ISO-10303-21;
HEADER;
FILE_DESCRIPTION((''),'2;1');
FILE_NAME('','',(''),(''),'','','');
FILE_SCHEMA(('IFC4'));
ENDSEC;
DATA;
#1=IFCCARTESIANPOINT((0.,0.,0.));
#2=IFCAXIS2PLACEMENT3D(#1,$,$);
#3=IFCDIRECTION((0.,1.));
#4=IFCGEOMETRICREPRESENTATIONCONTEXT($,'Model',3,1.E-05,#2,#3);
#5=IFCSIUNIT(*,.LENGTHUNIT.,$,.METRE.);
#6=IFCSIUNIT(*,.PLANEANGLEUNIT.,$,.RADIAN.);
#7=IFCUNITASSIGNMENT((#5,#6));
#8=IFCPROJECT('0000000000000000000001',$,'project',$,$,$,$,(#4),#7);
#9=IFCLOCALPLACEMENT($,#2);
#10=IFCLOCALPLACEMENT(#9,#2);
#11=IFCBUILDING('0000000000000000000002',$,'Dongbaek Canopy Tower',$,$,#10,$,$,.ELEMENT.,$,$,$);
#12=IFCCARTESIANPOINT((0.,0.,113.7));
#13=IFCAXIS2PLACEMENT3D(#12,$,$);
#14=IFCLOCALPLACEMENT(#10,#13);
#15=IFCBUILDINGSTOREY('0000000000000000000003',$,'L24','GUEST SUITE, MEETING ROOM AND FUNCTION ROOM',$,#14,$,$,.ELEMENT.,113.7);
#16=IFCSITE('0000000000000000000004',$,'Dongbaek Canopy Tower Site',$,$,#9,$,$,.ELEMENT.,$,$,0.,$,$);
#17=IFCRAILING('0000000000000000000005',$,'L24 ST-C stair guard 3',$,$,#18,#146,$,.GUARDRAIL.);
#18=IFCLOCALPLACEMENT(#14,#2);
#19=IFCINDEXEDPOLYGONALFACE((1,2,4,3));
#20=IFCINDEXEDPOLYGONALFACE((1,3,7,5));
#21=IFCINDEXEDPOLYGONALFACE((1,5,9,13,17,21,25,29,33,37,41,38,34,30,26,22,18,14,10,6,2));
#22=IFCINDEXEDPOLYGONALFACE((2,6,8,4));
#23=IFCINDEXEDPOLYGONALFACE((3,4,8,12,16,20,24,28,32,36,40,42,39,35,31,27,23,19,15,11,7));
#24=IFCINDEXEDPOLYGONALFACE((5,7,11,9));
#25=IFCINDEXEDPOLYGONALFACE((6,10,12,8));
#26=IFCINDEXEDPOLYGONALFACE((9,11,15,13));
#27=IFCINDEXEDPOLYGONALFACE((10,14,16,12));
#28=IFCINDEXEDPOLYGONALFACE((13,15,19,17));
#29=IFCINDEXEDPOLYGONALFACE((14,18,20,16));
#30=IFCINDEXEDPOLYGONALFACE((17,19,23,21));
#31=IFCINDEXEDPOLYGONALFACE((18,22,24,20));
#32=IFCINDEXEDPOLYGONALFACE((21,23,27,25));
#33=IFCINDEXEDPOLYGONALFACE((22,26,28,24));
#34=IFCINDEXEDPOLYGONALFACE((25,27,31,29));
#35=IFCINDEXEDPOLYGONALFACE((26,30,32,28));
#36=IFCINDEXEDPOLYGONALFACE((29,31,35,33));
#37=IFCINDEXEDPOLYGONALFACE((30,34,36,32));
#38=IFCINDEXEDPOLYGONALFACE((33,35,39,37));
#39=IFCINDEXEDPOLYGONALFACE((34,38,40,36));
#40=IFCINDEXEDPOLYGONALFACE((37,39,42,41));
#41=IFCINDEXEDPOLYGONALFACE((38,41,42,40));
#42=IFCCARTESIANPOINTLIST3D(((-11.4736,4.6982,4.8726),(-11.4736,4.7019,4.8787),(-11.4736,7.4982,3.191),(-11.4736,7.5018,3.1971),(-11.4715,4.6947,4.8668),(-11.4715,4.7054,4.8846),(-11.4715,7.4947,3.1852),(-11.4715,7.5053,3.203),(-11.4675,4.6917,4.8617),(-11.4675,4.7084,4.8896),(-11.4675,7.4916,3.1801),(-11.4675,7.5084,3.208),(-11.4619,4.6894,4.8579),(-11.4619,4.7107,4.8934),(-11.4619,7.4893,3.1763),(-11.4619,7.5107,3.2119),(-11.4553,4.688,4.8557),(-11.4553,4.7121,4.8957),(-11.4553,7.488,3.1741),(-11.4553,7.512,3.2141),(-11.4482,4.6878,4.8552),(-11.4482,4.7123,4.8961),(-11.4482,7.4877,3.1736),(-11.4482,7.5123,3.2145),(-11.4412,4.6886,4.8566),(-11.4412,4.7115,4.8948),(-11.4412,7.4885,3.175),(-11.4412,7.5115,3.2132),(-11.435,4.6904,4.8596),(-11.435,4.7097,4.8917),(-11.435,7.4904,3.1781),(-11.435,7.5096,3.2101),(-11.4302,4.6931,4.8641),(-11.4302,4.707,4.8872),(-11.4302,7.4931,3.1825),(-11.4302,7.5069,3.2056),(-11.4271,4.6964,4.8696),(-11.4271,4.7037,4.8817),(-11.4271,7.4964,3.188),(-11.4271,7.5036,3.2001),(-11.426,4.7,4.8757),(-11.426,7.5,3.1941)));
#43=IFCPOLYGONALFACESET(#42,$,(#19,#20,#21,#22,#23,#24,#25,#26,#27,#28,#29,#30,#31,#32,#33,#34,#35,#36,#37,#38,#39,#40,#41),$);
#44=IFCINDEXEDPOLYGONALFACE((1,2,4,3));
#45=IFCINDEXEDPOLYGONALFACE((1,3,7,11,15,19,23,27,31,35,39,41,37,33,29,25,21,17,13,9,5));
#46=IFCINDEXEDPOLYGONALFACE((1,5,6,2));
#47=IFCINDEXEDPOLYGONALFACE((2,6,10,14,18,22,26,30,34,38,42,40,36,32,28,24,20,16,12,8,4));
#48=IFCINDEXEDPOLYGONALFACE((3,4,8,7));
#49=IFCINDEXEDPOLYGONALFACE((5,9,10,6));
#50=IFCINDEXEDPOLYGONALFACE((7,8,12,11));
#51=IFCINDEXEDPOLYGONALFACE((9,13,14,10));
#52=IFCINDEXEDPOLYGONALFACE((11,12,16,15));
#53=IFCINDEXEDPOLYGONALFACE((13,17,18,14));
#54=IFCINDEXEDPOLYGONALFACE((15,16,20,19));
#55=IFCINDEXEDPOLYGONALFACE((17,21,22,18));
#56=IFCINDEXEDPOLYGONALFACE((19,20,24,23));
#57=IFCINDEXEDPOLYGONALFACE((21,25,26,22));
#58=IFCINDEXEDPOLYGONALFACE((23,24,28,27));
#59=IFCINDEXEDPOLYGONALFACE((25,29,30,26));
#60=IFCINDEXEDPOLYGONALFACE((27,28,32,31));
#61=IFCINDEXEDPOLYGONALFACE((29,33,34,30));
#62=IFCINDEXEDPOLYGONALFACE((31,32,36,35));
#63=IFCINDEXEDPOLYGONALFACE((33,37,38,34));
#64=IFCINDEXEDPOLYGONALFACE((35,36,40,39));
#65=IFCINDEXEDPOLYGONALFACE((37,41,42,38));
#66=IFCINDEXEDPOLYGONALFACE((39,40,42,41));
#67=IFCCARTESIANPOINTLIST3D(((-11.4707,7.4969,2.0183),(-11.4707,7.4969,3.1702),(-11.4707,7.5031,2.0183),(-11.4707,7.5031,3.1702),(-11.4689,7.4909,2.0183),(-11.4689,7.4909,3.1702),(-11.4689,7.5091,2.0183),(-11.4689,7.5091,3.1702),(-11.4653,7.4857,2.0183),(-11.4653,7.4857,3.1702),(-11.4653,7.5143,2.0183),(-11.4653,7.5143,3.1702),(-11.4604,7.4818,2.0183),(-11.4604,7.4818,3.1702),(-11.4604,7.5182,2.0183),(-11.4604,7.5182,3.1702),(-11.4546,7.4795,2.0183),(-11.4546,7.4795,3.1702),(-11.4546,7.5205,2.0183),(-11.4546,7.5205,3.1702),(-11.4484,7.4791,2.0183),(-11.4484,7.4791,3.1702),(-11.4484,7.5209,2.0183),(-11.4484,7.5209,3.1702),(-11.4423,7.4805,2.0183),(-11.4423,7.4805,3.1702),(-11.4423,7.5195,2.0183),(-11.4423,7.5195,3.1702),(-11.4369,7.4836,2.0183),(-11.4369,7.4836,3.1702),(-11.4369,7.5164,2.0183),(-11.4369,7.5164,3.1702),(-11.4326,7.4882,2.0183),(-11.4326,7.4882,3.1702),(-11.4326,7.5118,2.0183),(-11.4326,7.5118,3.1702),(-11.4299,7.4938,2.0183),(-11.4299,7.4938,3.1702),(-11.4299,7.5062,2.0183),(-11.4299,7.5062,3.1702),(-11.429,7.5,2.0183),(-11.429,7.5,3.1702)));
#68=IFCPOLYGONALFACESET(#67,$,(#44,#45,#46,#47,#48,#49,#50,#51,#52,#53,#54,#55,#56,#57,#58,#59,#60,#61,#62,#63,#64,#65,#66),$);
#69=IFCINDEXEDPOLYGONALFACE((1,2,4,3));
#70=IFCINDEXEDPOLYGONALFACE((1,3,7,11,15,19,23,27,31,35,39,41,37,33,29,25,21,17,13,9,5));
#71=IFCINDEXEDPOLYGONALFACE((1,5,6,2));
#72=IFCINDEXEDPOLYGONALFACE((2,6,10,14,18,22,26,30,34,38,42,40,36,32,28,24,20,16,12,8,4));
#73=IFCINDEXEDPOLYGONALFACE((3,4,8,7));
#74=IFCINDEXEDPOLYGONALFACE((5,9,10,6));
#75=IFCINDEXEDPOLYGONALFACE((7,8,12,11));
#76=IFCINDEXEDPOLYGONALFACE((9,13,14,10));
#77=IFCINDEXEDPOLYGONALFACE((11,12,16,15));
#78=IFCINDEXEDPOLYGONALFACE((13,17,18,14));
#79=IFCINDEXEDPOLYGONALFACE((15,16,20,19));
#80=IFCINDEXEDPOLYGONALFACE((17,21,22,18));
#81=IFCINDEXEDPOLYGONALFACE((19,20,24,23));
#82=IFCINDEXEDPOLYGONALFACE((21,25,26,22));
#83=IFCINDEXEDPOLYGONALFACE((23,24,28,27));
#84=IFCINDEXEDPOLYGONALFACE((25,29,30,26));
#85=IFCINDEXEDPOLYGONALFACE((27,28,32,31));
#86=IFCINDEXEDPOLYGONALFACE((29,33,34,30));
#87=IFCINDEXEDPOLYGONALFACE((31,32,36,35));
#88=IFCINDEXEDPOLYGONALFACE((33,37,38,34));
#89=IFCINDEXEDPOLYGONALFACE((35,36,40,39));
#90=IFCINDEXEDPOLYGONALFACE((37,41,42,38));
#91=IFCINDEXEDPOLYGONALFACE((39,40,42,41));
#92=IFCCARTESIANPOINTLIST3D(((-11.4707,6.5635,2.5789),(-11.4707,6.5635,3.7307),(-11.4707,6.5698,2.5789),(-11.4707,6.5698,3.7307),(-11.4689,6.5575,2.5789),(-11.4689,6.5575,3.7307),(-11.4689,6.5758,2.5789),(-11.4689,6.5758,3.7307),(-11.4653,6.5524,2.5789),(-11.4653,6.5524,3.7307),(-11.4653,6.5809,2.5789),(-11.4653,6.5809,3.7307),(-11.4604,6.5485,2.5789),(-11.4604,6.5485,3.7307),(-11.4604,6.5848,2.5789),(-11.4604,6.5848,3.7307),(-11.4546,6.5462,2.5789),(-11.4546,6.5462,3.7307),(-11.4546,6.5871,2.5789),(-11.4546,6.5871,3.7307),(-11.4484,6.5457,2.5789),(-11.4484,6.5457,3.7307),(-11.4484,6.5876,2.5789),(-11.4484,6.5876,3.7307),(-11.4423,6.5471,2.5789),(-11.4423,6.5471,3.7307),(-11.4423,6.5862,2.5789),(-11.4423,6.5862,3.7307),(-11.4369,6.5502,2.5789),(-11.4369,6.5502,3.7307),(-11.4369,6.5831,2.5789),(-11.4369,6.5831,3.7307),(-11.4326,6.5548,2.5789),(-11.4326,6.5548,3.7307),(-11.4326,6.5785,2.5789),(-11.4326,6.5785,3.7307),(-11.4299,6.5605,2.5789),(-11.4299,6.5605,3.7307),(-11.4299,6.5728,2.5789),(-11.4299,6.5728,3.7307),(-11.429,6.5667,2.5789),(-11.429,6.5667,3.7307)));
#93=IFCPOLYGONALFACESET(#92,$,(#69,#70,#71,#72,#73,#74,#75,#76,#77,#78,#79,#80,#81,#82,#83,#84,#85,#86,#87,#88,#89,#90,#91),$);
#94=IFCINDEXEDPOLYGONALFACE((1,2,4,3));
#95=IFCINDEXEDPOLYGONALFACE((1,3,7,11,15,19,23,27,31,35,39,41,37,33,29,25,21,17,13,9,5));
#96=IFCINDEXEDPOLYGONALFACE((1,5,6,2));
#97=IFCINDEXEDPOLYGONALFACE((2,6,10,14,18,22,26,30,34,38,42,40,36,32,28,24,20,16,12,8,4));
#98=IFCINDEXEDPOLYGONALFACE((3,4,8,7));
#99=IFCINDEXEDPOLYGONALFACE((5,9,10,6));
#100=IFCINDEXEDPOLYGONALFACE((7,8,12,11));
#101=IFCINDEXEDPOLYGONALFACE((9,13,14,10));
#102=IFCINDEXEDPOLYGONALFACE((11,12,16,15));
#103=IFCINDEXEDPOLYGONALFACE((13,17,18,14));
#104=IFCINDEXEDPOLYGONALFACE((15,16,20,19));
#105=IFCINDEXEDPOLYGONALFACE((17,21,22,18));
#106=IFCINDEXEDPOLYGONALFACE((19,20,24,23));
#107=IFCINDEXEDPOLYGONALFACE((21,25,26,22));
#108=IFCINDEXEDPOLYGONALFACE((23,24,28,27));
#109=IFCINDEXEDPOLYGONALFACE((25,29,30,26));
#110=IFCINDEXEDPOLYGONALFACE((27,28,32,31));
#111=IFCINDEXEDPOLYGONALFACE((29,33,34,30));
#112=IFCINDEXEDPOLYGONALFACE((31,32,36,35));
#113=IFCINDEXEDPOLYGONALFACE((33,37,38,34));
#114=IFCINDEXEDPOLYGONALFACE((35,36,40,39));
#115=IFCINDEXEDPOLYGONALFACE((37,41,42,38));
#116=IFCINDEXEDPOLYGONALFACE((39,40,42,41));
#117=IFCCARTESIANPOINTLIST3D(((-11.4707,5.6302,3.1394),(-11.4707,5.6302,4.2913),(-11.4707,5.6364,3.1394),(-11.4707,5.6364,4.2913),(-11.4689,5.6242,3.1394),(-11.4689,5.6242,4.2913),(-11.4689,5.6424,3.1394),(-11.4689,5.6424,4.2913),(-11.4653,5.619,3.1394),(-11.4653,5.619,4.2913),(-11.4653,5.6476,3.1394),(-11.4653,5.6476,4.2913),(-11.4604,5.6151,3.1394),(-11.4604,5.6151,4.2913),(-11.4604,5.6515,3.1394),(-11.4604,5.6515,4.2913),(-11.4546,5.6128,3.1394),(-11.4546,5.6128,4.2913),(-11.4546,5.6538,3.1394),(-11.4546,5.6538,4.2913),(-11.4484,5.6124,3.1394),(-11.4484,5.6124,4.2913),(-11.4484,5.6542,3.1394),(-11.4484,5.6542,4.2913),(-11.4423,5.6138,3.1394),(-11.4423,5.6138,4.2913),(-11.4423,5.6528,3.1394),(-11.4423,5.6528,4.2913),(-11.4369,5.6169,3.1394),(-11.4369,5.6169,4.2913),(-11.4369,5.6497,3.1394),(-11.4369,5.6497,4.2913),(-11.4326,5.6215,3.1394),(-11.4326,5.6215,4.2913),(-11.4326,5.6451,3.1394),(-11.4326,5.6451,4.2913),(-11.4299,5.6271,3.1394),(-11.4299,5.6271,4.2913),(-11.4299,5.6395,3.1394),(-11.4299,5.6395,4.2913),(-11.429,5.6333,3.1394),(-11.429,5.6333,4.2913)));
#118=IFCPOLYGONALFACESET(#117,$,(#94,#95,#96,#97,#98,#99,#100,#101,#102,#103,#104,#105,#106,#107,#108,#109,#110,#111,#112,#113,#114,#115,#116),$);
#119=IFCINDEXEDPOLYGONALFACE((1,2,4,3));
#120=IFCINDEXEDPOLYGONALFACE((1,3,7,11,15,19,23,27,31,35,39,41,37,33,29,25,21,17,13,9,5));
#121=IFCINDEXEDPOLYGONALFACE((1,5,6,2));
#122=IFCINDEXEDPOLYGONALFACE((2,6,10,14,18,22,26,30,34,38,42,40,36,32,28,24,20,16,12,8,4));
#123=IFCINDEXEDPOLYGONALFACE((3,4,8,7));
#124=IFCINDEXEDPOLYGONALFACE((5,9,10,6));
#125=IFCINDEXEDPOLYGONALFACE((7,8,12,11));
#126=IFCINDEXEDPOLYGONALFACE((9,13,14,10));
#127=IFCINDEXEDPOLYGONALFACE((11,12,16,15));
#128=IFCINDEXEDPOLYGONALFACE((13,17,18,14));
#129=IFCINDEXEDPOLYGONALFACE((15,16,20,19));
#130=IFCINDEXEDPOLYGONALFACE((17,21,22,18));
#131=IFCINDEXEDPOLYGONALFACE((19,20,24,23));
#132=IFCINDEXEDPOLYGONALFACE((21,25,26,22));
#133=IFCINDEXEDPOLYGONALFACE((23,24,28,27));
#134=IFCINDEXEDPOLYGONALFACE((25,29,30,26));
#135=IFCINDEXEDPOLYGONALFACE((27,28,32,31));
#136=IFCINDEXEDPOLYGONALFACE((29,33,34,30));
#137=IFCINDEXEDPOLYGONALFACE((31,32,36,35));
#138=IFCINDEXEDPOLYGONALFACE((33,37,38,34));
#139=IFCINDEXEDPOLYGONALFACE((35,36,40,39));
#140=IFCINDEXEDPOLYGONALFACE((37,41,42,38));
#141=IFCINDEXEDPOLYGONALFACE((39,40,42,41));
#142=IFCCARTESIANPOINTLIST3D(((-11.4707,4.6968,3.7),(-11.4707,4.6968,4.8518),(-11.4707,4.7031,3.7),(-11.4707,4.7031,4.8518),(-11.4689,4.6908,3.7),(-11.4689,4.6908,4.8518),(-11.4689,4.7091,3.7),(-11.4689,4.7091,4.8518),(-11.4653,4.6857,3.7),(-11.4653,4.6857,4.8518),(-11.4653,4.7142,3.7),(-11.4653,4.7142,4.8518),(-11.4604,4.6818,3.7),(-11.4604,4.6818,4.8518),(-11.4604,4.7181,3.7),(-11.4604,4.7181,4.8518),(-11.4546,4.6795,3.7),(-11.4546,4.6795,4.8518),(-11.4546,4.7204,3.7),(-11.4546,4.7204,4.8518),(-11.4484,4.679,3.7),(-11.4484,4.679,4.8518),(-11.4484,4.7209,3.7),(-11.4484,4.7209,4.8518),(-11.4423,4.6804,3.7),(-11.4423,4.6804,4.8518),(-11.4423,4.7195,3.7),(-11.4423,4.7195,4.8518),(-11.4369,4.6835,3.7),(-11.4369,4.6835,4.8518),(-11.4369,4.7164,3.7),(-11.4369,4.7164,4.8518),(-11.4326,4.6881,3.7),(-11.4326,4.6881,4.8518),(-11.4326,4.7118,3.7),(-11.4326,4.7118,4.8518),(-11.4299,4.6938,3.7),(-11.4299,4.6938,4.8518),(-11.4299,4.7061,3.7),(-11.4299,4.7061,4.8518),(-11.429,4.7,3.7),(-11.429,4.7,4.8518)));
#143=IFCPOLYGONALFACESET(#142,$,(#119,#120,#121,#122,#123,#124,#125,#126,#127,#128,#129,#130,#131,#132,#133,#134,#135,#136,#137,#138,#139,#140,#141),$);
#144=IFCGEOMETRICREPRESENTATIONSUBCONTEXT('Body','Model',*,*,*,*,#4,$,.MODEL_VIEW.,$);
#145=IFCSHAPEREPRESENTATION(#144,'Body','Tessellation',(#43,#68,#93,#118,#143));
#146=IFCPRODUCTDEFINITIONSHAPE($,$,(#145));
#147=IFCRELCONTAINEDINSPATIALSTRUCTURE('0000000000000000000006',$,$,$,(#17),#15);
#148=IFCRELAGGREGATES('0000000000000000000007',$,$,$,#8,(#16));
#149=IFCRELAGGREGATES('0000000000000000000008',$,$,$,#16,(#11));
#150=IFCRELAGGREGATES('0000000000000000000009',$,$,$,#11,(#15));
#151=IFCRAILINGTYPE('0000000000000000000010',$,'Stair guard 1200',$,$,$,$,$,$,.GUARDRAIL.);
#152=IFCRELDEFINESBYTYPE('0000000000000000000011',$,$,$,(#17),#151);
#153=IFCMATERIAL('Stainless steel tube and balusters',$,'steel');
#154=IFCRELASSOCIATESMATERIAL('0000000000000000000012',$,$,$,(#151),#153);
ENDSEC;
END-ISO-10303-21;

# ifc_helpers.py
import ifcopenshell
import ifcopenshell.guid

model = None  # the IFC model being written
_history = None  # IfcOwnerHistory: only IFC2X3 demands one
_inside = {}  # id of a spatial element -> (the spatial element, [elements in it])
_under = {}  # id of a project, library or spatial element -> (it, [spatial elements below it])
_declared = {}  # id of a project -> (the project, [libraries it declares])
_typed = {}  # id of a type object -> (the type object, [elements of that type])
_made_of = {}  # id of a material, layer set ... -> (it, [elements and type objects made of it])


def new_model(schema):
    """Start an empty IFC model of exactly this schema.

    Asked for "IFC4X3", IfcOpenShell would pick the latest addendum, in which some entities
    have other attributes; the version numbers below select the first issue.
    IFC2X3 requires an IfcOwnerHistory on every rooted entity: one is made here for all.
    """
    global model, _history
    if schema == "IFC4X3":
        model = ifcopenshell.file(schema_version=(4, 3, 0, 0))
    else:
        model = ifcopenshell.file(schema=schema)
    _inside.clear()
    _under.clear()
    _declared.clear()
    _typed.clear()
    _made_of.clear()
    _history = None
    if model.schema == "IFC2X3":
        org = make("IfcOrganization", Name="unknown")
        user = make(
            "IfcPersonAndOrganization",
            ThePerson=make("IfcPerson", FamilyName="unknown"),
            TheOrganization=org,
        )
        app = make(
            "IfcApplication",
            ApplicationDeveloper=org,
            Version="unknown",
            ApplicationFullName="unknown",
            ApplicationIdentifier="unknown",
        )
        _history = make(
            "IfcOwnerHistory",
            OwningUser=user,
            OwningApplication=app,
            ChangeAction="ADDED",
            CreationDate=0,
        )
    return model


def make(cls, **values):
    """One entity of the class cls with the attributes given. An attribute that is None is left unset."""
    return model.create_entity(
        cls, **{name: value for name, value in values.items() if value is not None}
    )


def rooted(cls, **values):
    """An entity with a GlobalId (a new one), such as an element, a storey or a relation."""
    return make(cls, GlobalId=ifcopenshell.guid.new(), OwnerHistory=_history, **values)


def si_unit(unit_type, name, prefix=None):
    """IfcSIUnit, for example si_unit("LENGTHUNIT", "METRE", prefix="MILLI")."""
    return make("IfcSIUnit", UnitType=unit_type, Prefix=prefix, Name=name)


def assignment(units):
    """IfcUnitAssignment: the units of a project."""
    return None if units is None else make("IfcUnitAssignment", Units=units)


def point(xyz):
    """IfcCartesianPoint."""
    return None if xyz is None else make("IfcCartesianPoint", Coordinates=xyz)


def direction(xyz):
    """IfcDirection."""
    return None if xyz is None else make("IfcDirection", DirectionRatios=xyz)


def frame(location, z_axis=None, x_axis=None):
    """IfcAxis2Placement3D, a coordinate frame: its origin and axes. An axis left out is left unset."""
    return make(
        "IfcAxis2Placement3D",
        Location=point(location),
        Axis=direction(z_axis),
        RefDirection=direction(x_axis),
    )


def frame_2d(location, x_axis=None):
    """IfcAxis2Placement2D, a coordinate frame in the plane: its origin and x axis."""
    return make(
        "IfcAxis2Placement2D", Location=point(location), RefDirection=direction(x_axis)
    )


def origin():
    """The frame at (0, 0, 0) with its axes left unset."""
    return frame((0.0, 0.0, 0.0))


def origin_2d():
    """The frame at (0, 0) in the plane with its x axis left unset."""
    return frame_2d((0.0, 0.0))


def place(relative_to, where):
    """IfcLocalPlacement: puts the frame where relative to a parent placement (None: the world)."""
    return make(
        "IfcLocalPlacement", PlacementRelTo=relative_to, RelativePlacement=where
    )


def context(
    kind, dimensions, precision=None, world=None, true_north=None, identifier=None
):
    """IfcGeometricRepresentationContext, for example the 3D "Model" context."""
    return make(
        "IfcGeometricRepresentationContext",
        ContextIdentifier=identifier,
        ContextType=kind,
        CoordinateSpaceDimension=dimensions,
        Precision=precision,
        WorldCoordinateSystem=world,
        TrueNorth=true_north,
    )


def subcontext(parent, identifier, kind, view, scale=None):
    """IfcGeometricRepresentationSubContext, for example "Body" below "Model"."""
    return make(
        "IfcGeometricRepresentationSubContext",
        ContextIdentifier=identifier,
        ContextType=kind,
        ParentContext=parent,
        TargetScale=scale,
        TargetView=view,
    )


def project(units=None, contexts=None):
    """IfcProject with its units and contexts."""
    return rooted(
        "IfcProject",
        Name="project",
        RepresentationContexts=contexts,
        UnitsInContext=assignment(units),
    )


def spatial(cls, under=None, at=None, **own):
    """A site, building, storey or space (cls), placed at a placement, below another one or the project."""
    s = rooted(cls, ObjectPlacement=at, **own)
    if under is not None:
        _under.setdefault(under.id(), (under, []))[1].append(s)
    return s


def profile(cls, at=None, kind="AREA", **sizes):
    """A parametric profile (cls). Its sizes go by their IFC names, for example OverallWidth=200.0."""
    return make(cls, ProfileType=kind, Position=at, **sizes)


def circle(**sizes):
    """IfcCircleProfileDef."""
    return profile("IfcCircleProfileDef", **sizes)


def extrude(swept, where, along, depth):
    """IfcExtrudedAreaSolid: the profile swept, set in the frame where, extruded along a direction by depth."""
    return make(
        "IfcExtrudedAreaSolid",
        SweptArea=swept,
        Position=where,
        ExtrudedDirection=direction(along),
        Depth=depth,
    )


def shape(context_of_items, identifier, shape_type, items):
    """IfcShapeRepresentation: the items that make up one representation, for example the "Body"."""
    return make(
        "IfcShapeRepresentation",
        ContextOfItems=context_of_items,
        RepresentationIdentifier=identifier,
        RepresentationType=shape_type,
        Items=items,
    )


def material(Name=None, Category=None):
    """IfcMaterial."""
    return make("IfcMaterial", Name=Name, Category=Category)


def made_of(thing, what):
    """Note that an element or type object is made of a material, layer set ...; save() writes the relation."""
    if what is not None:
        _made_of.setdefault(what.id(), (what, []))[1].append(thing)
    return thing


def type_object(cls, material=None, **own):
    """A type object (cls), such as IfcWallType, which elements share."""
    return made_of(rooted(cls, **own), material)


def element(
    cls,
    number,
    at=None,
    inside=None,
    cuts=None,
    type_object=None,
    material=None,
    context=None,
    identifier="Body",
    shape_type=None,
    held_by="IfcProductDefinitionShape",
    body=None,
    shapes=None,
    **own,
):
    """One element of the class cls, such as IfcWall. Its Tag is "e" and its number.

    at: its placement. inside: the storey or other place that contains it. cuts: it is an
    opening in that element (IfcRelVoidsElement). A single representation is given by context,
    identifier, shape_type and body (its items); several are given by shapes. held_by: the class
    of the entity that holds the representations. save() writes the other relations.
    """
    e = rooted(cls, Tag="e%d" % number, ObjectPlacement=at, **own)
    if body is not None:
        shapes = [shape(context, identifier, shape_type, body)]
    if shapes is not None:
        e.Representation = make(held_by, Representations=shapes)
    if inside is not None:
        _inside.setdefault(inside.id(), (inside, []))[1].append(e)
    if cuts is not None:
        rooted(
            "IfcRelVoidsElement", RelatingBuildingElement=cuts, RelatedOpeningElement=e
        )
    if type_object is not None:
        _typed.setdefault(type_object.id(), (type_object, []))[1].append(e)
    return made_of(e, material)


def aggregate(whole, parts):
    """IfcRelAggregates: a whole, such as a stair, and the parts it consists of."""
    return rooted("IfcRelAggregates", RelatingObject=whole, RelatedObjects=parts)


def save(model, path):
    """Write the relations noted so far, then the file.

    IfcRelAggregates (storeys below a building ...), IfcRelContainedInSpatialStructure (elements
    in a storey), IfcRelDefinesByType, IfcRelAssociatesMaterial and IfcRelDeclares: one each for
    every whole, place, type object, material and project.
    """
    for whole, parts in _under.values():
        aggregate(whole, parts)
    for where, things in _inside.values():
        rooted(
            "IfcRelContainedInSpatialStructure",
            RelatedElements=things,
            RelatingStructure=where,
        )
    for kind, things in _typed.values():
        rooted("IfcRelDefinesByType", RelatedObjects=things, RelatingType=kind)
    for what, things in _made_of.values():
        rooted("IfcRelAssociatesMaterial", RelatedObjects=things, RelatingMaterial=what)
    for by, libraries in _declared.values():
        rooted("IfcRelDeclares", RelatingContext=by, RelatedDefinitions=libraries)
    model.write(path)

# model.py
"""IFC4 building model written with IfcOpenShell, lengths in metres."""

from ifc_helpers import new_model, si_unit, direction, frame, origin, origin_2d, place, context, subcontext, project, spatial, circle, extrude, material, type_object, element, save


model = new_model("IFC4")

# Units and contexts
model_context = context("Model", 3, precision=1e-05, world=origin(), true_north=direction((0.0, 1.0)))
body_context = subcontext(model_context, "Body", "Model", "MODEL_VIEW")
ifc_project = project(units=[si_unit("LENGTHUNIT", "METRE"), si_unit("PLANEANGLEUNIT", "RADIAN")], contexts=[model_context])

# Site, building, storey
site_placement = place(None, origin())
site = spatial("IfcSite", under=ifc_project, at=site_placement, Name="Dongbaek Canopy Tower Site", CompositionType="ELEMENT", RefElevation=0.0)
building_placement = place(site_placement, origin())
building = spatial("IfcBuilding", under=site, at=building_placement, Name="Dongbaek Canopy Tower", CompositionType="ELEMENT")
storey_placement = place(building_placement, frame((0.0, 0.0, 113.7)))
storey = spatial("IfcBuildingStorey", under=building, at=storey_placement, Name="L24", Description="GUEST SUITE, MEETING ROOM AND FUNCTION ROOM", CompositionType="ELEMENT", Elevation=113.7)

# Railing
ifc_material_1 = material(Name="Stainless steel tube and balusters", Category="steel")
railing_type_1 = type_object("IfcRailingType", Name="Stair guard 1200", PredefinedType="GUARDRAIL", material=ifc_material_1)
railing_1_placement = place(storey_placement, frame((-11.45, 7.5, 2.0183)))
element("IfcRailing", 1, at=railing_1_placement, inside=storey, type_object=railing_type_1, Name="L24 ST-C stair guard 3", PredefinedType="GUARDRAIL", context=body_context, shape_type="SweptSolid", body=[
    extrude(circle(Radius=0.0239, at=origin_2d()), frame((0.0, 0.0, 1.1758), z_axis=(0.0, -0.857275, 0.514858), x_axis=(1.0, 0.0, 0.0)), (0.0, 0.0, 1.0), 3.2661),
    extrude(circle(Radius=0.021, at=origin_2d()), origin(), (0.0, 0.0, 1.0), 1.1519),
    extrude(circle(Radius=0.021, at=origin_2d()), frame((0.0, -0.9333, 0.5605)), (0.0, 0.0, 1.0), 1.1519),
    extrude(circle(Radius=0.021, at=origin_2d()), frame((0.0, -1.8667, 1.1211)), (0.0, 0.0, 1.0), 1.1519),
    extrude(circle(Radius=0.021, at=origin_2d()), frame((0.0, -2.8, 1.6816)), (0.0, 0.0, 1.0), 1.1519),
])

save(model, "model.ifc")
